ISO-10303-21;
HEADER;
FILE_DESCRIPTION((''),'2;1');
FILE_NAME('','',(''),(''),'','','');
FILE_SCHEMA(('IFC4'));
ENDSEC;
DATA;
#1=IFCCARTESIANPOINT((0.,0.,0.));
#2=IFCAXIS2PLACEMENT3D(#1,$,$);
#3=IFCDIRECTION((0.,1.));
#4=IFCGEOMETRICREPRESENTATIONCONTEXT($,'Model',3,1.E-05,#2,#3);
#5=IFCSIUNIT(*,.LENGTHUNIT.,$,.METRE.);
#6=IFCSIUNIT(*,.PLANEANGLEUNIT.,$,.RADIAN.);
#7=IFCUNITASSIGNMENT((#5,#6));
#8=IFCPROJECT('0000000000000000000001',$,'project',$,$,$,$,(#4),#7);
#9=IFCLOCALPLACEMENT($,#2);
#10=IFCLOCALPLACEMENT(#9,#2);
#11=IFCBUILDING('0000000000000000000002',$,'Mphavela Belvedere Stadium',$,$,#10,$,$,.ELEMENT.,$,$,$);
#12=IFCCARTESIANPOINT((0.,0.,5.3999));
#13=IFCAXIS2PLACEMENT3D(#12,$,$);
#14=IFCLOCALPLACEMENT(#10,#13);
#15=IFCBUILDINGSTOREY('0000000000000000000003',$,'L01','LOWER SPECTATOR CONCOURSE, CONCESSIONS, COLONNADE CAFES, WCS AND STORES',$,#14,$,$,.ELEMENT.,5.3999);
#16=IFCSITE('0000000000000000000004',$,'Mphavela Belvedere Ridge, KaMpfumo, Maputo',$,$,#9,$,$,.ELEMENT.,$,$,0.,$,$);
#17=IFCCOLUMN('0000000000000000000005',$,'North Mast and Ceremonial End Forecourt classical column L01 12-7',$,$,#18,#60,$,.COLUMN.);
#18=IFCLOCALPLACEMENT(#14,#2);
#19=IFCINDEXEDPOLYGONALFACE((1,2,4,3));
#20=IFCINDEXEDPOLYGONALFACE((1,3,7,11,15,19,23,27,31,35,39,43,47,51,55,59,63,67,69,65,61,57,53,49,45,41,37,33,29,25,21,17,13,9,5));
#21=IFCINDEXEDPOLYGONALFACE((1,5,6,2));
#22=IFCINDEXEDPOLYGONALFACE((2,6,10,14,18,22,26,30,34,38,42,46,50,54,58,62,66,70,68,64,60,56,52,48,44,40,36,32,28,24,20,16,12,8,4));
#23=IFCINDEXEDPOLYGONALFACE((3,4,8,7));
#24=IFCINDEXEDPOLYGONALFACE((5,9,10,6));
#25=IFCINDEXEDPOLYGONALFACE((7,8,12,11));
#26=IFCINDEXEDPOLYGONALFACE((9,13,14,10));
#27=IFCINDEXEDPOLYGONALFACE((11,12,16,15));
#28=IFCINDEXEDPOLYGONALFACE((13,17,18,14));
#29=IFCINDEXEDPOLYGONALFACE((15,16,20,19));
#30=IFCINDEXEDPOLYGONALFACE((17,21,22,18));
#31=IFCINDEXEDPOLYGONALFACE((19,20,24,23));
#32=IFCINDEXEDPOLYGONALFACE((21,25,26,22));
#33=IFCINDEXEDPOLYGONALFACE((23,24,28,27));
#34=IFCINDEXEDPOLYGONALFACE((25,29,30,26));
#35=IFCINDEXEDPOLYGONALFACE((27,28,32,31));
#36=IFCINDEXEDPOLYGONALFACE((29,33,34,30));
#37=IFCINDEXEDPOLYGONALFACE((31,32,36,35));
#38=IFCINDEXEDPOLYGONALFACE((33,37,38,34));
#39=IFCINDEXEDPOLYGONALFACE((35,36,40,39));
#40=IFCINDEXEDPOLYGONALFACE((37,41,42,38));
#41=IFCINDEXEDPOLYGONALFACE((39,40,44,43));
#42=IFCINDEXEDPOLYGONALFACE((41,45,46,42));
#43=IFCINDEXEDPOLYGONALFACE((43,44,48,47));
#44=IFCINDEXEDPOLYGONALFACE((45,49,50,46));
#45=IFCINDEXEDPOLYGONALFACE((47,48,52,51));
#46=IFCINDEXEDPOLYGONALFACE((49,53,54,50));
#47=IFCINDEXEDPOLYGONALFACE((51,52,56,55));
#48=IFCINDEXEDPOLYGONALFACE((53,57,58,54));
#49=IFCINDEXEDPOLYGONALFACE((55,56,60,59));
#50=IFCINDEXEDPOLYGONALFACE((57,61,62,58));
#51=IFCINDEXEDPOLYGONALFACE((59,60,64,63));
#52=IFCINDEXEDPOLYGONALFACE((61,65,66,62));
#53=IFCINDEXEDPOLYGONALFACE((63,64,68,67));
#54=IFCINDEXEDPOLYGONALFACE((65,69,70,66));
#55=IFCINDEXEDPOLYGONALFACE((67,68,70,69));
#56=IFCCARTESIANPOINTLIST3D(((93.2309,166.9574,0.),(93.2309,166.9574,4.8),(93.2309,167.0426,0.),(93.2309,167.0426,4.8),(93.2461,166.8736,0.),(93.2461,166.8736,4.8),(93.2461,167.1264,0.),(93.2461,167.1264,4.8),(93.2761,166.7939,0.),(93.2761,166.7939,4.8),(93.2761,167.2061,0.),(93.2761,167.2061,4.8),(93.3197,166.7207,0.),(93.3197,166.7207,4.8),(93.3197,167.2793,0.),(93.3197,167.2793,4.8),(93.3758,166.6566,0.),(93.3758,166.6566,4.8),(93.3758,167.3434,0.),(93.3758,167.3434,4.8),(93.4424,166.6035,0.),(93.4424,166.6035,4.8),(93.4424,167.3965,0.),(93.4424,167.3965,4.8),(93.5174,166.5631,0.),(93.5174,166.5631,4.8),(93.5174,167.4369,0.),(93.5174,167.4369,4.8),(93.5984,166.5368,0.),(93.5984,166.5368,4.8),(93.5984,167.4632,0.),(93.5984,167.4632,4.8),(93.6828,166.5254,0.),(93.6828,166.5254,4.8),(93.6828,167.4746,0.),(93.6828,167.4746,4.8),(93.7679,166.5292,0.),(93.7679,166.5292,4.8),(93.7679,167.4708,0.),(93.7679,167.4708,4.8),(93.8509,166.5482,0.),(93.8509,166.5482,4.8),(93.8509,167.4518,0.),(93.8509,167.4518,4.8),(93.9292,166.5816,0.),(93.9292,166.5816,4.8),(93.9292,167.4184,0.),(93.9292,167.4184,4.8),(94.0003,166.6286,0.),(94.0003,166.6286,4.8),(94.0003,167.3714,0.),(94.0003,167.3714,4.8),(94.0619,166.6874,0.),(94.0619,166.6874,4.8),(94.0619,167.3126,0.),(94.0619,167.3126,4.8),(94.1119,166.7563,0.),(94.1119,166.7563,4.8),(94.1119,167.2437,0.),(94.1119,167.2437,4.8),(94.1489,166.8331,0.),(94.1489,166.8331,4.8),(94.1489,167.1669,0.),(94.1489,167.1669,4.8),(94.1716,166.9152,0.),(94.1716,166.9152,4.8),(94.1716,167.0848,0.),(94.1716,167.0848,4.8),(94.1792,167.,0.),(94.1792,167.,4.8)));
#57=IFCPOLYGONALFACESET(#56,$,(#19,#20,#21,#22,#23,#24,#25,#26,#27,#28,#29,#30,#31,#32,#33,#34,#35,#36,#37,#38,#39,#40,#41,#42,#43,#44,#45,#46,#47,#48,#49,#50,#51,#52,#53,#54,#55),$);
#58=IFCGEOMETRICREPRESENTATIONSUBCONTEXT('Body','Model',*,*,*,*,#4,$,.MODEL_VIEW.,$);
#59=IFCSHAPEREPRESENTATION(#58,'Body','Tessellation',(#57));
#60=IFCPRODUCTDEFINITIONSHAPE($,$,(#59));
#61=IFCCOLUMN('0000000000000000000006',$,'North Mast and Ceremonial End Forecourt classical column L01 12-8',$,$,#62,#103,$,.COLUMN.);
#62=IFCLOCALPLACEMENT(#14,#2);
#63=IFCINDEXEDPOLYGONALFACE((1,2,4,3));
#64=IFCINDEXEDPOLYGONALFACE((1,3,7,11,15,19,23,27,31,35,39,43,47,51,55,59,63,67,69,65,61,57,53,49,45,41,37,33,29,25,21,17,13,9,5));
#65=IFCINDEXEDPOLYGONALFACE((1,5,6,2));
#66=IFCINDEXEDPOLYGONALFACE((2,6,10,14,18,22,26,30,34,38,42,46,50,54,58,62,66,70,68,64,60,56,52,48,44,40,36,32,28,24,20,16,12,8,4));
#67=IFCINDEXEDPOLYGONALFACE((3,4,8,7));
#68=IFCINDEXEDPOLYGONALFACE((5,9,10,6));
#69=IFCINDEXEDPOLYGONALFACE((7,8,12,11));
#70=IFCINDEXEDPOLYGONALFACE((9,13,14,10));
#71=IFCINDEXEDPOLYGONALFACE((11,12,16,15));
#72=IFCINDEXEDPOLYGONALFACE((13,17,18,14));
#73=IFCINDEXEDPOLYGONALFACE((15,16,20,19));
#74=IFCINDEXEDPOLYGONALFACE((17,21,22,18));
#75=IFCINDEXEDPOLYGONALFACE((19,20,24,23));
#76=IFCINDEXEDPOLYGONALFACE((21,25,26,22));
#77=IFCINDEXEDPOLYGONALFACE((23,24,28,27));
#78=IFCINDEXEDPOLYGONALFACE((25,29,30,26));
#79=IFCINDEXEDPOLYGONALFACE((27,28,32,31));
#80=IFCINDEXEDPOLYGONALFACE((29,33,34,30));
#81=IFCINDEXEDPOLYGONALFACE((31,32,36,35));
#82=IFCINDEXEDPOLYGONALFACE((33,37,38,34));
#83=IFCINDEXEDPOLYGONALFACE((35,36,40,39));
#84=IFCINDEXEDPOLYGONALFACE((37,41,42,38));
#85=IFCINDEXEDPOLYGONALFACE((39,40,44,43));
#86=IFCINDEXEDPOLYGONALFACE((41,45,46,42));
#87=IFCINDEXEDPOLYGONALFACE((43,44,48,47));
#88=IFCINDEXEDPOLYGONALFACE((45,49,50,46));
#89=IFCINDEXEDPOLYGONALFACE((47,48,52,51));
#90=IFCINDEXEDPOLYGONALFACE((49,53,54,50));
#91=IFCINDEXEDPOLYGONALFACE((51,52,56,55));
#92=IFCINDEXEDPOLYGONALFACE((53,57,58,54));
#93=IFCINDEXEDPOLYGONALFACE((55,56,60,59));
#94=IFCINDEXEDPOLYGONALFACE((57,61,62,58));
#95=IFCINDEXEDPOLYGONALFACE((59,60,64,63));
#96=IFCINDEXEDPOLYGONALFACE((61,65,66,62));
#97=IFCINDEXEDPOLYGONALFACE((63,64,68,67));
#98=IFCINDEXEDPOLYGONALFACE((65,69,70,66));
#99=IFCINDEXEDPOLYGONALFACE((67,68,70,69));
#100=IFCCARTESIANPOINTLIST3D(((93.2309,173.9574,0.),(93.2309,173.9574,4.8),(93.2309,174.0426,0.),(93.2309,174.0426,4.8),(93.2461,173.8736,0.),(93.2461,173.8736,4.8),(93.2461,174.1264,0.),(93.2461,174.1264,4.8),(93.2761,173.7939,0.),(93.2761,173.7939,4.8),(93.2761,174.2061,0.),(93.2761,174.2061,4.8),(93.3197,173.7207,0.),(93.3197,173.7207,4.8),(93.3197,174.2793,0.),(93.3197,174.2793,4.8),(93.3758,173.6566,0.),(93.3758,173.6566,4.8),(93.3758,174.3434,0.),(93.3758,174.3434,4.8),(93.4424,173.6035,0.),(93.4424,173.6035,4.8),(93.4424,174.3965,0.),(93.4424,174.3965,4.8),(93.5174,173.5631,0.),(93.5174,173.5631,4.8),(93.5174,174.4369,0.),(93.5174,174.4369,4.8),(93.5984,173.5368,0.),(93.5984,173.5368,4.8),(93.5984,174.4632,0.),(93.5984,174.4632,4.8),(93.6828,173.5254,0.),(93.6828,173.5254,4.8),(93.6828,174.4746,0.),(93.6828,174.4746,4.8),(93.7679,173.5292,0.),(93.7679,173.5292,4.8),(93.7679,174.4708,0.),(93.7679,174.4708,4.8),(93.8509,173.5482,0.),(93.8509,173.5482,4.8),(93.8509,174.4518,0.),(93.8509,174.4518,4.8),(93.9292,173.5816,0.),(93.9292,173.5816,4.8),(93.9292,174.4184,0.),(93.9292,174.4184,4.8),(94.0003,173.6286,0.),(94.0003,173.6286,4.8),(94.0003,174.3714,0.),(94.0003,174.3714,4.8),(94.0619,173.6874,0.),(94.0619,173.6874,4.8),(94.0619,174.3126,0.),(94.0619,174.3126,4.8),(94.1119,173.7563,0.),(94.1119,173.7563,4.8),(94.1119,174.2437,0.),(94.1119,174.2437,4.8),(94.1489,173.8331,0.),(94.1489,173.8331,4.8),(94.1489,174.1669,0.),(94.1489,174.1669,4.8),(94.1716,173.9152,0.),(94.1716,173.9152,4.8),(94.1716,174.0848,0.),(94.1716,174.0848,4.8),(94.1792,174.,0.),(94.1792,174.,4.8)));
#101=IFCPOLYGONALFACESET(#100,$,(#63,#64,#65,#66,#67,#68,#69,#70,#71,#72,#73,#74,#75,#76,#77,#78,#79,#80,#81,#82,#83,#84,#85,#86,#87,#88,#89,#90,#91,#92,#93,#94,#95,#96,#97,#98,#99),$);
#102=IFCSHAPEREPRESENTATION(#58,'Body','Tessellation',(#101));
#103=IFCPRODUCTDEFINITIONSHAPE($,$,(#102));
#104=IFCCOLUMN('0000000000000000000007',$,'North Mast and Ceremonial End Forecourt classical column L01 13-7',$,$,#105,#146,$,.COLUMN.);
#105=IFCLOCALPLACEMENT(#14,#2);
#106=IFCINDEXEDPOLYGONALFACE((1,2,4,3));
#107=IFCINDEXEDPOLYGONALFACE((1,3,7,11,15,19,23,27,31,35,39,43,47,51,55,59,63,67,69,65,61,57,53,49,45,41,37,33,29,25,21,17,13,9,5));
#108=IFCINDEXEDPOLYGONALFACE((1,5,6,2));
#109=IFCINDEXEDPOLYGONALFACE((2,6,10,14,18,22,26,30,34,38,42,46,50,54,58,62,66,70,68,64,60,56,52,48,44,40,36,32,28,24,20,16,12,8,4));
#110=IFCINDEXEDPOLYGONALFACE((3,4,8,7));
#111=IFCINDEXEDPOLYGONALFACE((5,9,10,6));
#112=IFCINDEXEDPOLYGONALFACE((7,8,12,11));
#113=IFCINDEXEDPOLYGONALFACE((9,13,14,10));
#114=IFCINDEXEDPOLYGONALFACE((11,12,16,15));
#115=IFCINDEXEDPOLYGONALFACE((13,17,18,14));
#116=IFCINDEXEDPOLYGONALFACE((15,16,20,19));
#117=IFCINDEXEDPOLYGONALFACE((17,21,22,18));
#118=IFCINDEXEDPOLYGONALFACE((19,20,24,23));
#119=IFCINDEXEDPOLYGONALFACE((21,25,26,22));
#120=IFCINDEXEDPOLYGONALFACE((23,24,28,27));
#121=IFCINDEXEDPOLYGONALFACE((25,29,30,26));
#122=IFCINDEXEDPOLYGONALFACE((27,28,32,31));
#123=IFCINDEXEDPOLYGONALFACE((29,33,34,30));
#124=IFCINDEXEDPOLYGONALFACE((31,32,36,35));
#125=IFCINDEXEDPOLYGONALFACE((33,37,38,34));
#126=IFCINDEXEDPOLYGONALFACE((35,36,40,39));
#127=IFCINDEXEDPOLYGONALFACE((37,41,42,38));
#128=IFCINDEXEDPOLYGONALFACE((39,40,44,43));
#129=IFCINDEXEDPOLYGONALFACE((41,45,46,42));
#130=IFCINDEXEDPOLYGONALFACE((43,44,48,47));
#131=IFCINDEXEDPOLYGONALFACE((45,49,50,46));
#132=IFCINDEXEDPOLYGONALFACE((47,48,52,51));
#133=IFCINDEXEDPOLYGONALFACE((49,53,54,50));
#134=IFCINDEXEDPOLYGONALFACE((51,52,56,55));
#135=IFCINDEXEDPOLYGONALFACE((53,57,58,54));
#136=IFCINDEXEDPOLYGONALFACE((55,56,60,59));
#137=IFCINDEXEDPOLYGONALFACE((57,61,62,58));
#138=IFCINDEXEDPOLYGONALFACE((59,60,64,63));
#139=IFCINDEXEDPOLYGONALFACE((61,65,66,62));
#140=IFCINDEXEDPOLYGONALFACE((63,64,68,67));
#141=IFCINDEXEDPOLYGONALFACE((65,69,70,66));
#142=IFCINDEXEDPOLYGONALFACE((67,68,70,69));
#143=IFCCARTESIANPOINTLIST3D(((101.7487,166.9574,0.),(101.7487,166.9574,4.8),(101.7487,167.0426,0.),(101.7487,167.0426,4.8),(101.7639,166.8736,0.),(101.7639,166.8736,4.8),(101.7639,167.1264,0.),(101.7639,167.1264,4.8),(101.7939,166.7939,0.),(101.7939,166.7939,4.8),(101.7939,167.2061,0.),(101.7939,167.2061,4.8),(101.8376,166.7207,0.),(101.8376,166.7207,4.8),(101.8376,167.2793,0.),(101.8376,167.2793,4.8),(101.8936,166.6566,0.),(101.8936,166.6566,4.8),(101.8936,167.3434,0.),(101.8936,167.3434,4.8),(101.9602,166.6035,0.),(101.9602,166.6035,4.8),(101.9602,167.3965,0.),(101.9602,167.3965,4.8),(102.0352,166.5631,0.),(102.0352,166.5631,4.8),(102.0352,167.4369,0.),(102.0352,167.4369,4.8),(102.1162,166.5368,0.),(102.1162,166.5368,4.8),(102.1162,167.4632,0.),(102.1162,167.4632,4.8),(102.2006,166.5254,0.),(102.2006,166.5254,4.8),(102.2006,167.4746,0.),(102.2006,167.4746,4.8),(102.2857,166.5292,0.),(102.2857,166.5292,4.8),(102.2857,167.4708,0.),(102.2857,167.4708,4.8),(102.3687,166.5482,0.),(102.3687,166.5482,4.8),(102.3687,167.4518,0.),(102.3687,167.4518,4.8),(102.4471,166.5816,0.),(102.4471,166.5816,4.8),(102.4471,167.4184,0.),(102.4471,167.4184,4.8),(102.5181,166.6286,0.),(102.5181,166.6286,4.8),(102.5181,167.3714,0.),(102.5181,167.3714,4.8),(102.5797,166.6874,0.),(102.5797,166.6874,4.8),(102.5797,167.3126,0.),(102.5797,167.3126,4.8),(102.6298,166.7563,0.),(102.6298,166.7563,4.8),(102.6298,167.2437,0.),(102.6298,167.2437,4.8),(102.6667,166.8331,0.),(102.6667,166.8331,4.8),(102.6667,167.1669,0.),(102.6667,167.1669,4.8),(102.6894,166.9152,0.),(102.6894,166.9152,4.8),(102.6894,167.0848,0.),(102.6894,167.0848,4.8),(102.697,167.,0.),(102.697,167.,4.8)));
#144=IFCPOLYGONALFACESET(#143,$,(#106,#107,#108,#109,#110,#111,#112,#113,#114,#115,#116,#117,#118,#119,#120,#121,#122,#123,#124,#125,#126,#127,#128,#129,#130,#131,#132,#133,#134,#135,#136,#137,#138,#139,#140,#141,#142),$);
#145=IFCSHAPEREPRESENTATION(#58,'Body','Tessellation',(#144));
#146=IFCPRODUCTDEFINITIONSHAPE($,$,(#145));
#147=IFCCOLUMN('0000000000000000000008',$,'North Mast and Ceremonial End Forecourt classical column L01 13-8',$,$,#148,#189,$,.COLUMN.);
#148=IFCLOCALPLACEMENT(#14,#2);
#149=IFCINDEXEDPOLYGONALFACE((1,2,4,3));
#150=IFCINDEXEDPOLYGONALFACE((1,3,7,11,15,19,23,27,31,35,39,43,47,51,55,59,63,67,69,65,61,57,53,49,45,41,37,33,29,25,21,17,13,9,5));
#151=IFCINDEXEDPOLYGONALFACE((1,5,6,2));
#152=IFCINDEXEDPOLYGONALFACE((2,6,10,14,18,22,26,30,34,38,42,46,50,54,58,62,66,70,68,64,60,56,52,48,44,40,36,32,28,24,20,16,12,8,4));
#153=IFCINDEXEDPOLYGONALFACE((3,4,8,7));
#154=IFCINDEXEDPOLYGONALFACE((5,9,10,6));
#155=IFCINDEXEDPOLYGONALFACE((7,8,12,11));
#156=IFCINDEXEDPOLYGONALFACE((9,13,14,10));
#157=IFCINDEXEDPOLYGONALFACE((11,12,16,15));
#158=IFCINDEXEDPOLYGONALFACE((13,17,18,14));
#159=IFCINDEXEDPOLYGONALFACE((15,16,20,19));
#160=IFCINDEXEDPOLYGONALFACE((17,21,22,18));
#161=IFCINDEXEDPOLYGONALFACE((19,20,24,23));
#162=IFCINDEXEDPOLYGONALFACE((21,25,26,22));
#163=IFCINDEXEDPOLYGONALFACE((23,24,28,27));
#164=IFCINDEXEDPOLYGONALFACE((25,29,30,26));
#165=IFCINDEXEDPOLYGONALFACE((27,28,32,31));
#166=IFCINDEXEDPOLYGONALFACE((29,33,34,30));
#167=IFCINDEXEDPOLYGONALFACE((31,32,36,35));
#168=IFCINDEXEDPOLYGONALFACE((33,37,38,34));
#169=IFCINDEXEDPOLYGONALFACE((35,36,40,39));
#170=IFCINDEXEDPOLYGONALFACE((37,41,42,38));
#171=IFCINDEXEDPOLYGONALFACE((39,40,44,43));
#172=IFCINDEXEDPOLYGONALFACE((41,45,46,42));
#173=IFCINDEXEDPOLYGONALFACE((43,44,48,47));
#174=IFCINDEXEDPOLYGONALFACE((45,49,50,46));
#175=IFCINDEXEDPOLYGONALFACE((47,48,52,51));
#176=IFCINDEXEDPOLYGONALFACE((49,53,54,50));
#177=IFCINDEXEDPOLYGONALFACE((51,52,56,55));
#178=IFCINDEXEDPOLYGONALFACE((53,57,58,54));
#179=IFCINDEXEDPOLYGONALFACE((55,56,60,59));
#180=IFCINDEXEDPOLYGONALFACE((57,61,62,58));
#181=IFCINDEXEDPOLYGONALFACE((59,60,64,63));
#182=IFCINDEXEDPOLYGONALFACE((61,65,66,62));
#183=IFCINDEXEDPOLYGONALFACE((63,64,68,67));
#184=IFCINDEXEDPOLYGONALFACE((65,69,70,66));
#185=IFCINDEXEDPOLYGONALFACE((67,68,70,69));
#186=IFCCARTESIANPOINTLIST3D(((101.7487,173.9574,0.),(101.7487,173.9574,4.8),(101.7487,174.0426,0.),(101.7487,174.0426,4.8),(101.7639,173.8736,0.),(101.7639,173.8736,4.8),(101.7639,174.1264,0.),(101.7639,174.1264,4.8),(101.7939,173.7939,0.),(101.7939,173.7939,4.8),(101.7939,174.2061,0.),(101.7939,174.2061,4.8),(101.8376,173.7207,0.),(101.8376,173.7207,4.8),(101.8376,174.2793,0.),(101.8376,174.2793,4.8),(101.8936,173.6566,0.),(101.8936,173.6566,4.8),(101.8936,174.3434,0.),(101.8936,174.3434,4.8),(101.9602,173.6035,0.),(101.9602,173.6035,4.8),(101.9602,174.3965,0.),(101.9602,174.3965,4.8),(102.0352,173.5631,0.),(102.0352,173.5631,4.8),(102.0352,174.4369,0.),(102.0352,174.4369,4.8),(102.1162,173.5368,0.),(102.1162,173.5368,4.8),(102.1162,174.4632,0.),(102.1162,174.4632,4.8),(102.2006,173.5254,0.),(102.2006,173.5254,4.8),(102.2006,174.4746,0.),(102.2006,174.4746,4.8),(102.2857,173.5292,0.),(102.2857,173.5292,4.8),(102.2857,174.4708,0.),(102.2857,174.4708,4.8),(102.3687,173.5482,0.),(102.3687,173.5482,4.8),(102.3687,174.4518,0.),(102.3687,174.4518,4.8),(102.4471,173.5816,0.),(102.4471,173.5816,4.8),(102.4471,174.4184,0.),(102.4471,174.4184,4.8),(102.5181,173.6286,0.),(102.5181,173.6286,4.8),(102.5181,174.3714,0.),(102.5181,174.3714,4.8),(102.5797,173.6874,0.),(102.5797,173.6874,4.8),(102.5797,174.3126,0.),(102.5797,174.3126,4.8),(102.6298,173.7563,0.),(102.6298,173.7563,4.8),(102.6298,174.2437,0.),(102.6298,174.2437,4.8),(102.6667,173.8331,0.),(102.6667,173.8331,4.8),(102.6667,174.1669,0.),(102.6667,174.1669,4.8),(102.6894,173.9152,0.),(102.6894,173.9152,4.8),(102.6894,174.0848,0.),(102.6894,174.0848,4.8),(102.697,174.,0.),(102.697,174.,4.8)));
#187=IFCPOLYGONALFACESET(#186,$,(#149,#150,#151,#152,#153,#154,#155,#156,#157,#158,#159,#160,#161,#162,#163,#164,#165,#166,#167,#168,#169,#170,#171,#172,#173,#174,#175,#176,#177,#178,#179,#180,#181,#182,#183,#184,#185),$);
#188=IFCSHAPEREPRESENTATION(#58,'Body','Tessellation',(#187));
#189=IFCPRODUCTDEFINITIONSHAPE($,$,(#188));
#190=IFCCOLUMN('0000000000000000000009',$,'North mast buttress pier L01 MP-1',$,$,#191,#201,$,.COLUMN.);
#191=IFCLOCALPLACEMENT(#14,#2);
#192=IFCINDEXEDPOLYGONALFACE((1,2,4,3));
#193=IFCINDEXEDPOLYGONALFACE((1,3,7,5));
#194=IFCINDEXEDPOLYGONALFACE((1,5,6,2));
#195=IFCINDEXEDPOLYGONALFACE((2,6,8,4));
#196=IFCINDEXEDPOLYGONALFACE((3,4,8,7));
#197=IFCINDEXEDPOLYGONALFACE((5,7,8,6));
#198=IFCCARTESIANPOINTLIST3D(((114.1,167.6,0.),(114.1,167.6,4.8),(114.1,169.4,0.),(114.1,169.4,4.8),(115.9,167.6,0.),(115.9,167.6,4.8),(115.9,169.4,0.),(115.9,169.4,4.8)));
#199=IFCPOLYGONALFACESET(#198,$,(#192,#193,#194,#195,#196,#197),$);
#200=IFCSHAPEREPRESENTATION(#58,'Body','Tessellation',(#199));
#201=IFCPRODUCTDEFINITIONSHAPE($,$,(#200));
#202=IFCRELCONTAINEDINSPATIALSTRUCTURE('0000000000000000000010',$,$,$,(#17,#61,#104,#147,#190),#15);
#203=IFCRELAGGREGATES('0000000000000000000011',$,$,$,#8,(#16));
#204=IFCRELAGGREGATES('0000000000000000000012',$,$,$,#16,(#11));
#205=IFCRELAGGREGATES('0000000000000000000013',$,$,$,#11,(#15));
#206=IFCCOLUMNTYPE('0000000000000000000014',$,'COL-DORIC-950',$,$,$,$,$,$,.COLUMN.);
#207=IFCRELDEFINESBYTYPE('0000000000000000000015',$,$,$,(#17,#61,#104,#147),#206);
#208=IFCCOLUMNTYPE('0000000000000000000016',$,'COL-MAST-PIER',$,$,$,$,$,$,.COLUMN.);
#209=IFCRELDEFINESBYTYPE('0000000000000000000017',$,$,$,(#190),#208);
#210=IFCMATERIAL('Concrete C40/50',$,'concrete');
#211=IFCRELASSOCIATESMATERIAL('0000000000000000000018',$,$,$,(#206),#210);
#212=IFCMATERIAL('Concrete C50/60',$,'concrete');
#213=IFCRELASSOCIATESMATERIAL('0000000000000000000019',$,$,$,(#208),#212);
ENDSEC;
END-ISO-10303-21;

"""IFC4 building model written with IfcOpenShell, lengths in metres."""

from ifc_helpers import new_model, si_unit, direction, frame, origin, origin_2d, place, context, subcontext, project, spatial, rectangle, circle, extrude, material, material_profile, profile_set, type_object, element, save


model = new_model("IFC4")

# Units and contexts
model_context = context("Model", 3, precision=1e-05, world=origin(), true_north=direction((0.0, 1.0)))
body_context = subcontext(model_context, "Body", "Model", "MODEL_VIEW")
ifc_project = project(units=[si_unit("LENGTHUNIT", "METRE"), si_unit("PLANEANGLEUNIT", "RADIAN")], contexts=[model_context])

# Site, building, storey
site_placement = place(None, origin())
site = spatial("IfcSite", under=ifc_project, at=site_placement, Name="Mphavela Belvedere Ridge, KaMpfumo, Maputo", CompositionType="ELEMENT", RefElevation=0.0)
building_placement = place(site_placement, origin())
building = spatial("IfcBuilding", under=site, at=building_placement, Name="Mphavela Belvedere Stadium", CompositionType="ELEMENT")
storey_placement = place(building_placement, frame((0.0, 0.0, 5.3999)))
storey = spatial("IfcBuildingStorey", under=building, at=storey_placement, Name="L01", Description="LOWER SPECTATOR CONCOURSE, CONCESSIONS, COLONNADE CAFES, WCS AND STORES", CompositionType="ELEMENT", Elevation=5.3999)

# Columns
ifc_material_1 = material(Name="Concrete C40/50", Category="concrete")
ifc_material_profile_1 = material_profile(ifc_material_1, circle(Radius=0.4751, at=origin_2d()), Name="COL D950")
ifc_profile_set_1 = profile_set([ifc_material_profile_1], Name="Concrete C40/50")
column_type_1 = type_object("IfcColumnType", Name="COL-DORIC-950", PredefinedType="COLUMN", material=ifc_profile_set_1)
for number, where, z_axis, x_axis, name in (
    (1, (93.7041, 167.0, 0.0), (0.0, 0.0, 1.0), (1.0, 0.0, 0.0), "North Mast and Ceremonial End Forecourt classical column L01 12-7"),
    (2, (93.7041, 174.0, 0.0), (0.0, 0.0, 1.0), (1.0, 0.0, 0.0), "North Mast and Ceremonial End Forecourt classical column L01 12-8"),
    (3, (102.2219, 167.0, 0.0), (0.0, 0.0, 1.0), (1.0, 0.0, 0.0), "North Mast and Ceremonial End Forecourt classical column L01 13-7"),
    (4, (102.2219, 174.0, 0.0), (0.0, 0.0, 1.0), (1.0, 0.0, 0.0), "North Mast and Ceremonial End Forecourt classical column L01 13-8"),
):
    element("IfcColumn", number, at=place(storey_placement, frame(where, z_axis=z_axis, x_axis=x_axis)), inside=storey, type_object=column_type_1, Name=name, PredefinedType="COLUMN", context=body_context, shape_type="SweptSolid", body=[
        extrude(circle(Radius=0.4751, at=origin_2d()), origin(), (0.0, 0.0, 1.0), 4.8),
    ])
ifc_material_2 = material(Name="Concrete C50/60", Category="concrete")
ifc_material_profile_2 = material_profile(ifc_material_2, rectangle(XDim=1.8, YDim=1.8, at=origin_2d()), Name="RC 1800x1800")
ifc_profile_set_2 = profile_set([ifc_material_profile_2], Name="Concrete C50/60")
column_type_2 = type_object("IfcColumnType", Name="COL-MAST-PIER", PredefinedType="COLUMN", material=ifc_profile_set_2)
column_1_placement = place(storey_placement, frame((115.0, 168.5, 0.0), z_axis=(0.0, 0.0, 1.0), x_axis=(1.0, 0.0, 0.0)))
element("IfcColumn", 5, at=column_1_placement, inside=storey, type_object=column_type_2, Name="North mast buttress pier L01 MP-1", PredefinedType="COLUMN", context=body_context, shape_type="SweptSolid", body=[
    extrude(rectangle(XDim=1.8, YDim=1.8, at=origin_2d()), origin(), (0.0, 0.0, 1.0), 4.8),
])

save(model, "model.ifc")
